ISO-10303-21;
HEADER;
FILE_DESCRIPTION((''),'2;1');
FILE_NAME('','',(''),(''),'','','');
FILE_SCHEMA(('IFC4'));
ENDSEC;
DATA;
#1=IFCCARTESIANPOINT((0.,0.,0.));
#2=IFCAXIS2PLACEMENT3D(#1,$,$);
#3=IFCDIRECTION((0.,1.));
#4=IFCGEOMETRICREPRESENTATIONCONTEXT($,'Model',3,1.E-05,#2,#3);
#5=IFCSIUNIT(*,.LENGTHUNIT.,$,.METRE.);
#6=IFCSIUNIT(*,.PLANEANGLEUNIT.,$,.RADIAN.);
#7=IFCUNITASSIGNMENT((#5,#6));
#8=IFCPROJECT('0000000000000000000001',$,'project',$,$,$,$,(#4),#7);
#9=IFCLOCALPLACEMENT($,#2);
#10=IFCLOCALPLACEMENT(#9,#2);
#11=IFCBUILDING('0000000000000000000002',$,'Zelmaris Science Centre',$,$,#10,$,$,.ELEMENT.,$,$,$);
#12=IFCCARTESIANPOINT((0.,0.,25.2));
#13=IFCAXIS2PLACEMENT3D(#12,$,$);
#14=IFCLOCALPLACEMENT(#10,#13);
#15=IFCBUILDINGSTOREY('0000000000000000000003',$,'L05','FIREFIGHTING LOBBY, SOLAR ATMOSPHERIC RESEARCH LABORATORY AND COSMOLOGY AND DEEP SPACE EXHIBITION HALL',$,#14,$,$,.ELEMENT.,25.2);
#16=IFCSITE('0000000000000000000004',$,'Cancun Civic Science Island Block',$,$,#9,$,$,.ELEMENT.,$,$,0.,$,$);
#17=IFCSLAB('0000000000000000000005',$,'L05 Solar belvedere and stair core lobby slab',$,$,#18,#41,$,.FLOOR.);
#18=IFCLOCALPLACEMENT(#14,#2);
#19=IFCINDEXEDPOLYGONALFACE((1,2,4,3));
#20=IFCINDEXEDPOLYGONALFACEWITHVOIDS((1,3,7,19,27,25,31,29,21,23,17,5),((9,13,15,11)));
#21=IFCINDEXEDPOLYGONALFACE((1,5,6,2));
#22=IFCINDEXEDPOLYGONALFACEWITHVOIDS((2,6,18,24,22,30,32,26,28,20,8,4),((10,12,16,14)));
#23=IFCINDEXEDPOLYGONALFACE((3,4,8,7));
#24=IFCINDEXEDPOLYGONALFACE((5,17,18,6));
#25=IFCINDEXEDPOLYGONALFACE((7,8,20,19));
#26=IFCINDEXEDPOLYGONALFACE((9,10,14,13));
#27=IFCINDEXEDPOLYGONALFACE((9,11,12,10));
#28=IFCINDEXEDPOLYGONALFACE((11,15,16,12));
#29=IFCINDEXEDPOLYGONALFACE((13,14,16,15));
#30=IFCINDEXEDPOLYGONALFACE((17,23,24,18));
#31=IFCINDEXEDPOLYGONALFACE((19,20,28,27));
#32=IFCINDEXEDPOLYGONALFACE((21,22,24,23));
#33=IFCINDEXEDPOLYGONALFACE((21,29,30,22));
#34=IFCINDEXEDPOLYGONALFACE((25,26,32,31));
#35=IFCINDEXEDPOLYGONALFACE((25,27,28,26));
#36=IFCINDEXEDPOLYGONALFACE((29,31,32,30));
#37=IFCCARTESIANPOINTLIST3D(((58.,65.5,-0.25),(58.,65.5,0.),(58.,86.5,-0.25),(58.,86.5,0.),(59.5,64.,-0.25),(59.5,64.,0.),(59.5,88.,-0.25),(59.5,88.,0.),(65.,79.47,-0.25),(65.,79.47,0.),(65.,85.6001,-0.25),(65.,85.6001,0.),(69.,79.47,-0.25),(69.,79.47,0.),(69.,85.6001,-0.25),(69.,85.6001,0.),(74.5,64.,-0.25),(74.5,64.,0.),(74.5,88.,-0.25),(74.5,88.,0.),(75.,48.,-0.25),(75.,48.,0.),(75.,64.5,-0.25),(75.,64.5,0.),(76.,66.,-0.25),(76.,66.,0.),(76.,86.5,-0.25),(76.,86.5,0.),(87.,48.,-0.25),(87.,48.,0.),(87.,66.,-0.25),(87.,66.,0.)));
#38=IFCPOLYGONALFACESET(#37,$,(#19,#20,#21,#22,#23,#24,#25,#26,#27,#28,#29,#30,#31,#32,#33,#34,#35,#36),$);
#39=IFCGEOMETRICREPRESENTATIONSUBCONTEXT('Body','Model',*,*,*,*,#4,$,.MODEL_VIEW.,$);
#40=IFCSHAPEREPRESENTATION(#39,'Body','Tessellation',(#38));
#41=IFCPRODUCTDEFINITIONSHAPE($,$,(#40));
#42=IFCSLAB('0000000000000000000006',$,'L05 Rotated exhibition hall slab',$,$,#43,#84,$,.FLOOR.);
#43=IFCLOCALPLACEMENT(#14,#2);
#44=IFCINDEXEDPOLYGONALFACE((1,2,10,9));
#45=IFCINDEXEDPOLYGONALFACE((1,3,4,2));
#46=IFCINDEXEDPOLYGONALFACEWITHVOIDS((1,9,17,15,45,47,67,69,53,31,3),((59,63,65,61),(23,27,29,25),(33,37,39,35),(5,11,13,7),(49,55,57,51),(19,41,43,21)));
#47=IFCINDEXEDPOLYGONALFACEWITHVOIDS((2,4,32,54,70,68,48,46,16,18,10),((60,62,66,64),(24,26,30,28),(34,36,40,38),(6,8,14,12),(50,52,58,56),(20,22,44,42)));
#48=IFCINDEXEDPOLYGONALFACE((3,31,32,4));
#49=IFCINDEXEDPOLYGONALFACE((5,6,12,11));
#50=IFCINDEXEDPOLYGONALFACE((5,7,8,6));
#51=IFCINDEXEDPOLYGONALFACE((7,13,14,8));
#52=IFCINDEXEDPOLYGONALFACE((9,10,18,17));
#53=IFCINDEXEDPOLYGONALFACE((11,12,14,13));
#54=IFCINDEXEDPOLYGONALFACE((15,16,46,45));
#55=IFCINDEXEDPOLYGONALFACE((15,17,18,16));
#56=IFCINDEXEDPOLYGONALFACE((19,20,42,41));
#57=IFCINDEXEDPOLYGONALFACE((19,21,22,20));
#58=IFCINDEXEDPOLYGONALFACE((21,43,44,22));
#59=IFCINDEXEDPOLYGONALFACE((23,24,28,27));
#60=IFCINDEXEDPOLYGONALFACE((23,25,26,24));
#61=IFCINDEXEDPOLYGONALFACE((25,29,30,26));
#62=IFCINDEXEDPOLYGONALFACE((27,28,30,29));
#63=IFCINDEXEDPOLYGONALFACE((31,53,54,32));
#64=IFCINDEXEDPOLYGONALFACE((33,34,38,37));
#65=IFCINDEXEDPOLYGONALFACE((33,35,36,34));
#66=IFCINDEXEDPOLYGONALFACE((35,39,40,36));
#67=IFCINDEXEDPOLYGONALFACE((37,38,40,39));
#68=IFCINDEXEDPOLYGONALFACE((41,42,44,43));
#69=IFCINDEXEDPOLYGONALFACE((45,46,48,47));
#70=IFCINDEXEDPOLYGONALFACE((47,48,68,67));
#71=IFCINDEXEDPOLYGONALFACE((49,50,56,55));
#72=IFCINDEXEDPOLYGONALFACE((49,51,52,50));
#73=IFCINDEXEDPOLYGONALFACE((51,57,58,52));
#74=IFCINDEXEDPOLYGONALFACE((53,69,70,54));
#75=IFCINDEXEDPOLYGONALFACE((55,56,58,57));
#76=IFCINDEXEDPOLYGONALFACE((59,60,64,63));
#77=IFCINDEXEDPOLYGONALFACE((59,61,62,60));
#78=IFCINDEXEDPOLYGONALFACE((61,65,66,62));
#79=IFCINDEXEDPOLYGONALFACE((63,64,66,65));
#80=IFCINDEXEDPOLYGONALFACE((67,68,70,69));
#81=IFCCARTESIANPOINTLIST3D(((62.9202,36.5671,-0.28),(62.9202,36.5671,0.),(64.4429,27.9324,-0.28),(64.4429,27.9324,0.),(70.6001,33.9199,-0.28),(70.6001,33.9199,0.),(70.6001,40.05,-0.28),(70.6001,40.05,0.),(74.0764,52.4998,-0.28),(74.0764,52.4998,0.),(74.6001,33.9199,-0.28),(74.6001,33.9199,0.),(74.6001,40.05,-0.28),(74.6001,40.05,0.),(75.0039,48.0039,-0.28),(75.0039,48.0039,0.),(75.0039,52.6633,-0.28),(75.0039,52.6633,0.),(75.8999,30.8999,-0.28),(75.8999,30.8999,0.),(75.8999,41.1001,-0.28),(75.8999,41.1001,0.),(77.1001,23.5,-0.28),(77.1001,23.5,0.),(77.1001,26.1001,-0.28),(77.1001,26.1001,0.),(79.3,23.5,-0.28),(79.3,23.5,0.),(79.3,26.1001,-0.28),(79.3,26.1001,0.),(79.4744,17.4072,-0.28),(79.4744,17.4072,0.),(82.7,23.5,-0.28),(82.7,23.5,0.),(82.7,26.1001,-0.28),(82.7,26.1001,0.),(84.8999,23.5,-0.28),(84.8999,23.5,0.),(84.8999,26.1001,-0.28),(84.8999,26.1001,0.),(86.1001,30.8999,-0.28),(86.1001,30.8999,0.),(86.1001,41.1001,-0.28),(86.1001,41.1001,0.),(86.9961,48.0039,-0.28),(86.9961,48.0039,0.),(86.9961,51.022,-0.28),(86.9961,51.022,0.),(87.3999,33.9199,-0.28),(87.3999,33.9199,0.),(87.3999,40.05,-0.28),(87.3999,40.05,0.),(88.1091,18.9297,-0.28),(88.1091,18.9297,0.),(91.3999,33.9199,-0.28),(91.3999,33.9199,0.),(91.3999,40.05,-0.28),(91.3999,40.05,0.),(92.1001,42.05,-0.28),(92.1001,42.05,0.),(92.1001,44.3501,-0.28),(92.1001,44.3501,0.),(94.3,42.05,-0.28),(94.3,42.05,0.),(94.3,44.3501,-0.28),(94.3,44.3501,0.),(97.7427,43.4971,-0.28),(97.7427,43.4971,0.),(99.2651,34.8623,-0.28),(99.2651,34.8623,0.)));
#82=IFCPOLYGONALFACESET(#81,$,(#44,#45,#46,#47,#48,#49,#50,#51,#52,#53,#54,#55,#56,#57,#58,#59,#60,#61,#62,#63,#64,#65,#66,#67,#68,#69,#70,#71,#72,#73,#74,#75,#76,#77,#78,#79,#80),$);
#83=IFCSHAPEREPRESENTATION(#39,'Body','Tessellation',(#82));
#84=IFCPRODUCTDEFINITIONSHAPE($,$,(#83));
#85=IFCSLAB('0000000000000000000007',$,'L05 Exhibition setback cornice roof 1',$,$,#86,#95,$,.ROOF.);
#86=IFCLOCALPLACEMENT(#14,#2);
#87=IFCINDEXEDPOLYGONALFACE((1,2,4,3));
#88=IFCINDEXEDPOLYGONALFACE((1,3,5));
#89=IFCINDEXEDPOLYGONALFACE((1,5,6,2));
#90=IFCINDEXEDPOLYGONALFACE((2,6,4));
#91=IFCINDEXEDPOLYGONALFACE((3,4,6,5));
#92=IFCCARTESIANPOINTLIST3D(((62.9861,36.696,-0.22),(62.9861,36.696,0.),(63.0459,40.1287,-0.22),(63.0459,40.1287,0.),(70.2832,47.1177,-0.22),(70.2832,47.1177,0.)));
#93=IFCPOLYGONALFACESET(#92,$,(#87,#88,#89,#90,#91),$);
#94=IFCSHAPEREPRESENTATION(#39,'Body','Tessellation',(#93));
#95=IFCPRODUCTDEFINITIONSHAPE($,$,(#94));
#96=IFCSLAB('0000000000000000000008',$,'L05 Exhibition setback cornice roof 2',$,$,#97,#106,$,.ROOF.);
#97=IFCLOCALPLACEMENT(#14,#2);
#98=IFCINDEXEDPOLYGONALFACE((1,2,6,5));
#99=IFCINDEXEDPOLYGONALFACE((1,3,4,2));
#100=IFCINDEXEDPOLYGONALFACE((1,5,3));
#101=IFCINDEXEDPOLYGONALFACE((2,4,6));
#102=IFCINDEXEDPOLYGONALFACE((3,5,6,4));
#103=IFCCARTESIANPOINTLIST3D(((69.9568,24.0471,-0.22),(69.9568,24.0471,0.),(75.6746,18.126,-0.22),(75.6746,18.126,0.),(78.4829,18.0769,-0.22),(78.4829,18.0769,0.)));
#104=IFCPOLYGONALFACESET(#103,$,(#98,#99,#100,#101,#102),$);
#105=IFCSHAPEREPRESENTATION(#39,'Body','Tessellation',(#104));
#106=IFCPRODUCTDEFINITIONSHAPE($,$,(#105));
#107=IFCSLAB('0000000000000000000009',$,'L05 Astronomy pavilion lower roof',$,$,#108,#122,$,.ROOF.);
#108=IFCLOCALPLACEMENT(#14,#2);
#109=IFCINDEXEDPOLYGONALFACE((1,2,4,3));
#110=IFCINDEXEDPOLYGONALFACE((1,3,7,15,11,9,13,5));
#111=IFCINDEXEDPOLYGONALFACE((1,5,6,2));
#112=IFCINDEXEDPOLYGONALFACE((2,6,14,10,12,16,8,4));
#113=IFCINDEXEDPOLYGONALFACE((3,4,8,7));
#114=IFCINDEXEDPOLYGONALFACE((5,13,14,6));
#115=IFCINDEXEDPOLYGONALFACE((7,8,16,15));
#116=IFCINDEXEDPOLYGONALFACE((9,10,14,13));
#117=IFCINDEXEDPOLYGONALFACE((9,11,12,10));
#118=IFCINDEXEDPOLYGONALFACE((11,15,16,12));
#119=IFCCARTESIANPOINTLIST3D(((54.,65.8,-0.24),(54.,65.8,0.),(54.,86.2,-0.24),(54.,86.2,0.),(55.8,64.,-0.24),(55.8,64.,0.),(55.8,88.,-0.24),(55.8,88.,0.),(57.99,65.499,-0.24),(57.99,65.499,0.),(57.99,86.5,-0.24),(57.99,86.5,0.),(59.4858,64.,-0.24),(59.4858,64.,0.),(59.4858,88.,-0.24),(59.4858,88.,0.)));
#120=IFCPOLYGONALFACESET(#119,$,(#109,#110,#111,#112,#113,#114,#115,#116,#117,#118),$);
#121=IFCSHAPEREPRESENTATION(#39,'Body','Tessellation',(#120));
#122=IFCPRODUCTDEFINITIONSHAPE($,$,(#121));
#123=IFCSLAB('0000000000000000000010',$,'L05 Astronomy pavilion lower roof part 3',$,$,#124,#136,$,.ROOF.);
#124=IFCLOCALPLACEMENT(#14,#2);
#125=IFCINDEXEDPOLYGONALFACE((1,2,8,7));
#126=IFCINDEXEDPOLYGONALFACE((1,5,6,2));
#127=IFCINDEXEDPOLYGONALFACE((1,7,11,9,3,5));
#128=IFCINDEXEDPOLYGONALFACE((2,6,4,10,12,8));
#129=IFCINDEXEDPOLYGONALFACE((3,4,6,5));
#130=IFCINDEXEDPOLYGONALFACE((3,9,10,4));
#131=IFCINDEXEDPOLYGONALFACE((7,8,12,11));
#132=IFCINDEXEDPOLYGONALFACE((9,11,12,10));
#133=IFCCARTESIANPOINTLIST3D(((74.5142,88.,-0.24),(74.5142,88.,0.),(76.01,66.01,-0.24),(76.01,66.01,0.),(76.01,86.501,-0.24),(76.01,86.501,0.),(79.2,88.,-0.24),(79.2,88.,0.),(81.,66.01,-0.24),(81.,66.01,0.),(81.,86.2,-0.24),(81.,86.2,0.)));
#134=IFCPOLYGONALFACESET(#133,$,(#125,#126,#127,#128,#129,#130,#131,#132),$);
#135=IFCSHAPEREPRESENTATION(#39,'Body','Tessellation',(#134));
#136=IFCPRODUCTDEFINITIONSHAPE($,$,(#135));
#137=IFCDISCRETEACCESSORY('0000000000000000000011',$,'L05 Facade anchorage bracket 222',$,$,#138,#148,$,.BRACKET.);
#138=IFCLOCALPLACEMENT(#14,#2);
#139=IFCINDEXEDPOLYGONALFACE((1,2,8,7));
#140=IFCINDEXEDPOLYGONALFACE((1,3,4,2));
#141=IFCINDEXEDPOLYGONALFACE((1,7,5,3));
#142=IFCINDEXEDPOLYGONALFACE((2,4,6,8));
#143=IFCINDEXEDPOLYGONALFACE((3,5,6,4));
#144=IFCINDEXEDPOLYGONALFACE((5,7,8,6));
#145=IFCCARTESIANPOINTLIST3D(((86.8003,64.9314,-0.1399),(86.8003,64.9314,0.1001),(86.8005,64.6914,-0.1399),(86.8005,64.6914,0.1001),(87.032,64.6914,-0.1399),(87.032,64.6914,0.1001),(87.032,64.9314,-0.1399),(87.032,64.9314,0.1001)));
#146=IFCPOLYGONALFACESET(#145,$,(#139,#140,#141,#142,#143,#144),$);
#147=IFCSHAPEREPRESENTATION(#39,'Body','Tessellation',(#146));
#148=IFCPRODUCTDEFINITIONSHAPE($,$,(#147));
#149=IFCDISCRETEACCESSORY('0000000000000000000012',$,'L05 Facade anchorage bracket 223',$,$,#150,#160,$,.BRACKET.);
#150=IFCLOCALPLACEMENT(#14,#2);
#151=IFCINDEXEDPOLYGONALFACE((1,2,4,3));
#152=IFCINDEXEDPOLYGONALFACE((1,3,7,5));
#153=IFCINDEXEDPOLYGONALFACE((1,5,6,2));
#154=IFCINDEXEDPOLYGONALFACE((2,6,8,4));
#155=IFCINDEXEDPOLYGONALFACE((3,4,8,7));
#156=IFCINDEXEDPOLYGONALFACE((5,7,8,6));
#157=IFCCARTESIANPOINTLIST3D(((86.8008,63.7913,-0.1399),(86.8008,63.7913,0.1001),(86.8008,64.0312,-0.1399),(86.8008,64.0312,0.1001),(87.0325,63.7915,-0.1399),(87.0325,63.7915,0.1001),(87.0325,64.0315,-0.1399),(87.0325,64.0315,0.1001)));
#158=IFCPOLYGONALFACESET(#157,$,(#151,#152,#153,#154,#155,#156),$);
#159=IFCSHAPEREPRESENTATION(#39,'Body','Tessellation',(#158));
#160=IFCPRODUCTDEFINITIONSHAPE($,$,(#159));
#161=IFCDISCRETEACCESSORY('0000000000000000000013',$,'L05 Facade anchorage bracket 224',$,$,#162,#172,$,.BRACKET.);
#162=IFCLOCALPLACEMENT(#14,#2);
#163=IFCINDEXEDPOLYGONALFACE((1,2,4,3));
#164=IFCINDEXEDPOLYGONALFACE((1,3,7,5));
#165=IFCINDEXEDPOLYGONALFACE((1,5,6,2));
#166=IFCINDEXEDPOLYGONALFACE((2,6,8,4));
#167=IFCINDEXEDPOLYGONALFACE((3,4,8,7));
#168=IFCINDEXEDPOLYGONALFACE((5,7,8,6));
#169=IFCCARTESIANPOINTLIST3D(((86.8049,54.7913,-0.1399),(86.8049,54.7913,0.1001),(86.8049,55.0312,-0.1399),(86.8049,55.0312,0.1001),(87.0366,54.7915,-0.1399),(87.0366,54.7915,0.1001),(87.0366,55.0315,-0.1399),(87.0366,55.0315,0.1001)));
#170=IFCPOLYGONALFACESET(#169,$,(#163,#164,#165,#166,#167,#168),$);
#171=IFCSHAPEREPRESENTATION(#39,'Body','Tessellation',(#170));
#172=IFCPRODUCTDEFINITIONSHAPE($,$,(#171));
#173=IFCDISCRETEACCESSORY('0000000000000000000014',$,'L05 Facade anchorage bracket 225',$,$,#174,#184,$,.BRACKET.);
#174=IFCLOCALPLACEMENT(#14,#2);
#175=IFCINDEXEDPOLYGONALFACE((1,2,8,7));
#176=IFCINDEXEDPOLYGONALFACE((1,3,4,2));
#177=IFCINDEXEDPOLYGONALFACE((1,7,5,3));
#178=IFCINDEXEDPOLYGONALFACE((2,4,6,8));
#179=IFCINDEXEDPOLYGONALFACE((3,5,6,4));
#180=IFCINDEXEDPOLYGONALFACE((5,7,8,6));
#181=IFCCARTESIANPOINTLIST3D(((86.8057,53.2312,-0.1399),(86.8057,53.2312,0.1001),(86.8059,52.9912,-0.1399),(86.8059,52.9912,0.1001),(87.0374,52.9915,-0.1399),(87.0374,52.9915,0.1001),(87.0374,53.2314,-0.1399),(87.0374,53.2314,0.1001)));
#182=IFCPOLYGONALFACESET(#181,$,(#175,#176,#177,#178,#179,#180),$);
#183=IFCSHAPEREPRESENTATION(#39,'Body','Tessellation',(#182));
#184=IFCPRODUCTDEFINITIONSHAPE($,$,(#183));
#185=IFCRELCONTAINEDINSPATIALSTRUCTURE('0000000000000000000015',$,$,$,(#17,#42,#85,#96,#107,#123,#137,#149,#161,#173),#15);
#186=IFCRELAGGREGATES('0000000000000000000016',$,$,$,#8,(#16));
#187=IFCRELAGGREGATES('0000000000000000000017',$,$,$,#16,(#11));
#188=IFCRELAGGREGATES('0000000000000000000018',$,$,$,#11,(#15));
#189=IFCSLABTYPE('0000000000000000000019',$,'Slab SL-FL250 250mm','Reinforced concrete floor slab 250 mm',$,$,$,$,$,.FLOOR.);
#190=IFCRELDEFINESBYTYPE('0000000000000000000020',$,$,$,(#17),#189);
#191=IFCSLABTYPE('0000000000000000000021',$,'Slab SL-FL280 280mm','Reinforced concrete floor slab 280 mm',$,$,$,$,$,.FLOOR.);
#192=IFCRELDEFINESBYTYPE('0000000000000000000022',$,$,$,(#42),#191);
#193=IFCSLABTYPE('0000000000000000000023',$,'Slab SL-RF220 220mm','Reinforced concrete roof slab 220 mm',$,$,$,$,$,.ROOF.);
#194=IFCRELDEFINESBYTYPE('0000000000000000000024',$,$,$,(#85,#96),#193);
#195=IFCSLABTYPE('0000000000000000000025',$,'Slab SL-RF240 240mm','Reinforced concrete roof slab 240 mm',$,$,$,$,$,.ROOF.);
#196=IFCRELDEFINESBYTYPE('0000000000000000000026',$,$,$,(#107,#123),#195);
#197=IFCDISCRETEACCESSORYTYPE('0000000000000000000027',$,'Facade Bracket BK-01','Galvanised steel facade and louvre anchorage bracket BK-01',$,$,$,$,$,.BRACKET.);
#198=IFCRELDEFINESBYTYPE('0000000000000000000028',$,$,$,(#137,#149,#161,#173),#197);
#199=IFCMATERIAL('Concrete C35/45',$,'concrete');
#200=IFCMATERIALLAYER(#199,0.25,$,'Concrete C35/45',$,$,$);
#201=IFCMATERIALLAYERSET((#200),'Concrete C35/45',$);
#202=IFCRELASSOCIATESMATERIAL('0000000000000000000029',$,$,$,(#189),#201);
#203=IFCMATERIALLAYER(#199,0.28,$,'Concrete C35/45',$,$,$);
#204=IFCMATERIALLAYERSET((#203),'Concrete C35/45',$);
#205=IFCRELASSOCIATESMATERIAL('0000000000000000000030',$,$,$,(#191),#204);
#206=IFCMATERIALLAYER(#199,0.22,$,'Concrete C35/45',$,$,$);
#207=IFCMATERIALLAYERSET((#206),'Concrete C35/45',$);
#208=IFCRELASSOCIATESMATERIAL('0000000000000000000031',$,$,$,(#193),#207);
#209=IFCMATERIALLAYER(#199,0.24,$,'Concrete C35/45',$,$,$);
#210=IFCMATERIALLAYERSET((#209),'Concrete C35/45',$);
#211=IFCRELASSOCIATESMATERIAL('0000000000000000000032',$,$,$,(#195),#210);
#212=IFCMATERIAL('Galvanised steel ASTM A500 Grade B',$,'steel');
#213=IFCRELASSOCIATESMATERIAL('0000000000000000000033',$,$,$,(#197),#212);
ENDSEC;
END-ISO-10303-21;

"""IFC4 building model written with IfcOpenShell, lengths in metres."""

from ifc_helpers import new_model, si_unit, direction, frame, origin, place, context, subcontext, project, spatial, polyline, outline, extrude, material, layer, layer_set, type_object, element, save


model = new_model("IFC4")

# Units and contexts
model_context = context("Model", 3, precision=1e-05, world=origin(), true_north=direction((0.0, 1.0)))
body_context = subcontext(model_context, "Body", "Model", "MODEL_VIEW")
ifc_project = project(units=[si_unit("LENGTHUNIT", "METRE"), si_unit("PLANEANGLEUNIT", "RADIAN")], contexts=[model_context])

# Site, building, storey
site_placement = place(None, origin())
site = spatial("IfcSite", under=ifc_project, at=site_placement, Name="Cancun Civic Science Island Block", CompositionType="ELEMENT", RefElevation=0.0)
building_placement = place(site_placement, origin())
building = spatial("IfcBuilding", under=site, at=building_placement, Name="Zelmaris Science Centre", CompositionType="ELEMENT")
storey_placement = place(building_placement, frame((0.0, 0.0, 25.2)))
storey = spatial("IfcBuildingStorey", under=building, at=storey_placement, Name="L05", Description="FIREFIGHTING LOBBY, SOLAR ATMOSPHERIC RESEARCH LABORATORY AND COSMOLOGY AND DEEP SPACE EXHIBITION HALL", CompositionType="ELEMENT", Elevation=25.2)

# Slabs
ifc_material_1 = material(Name="Concrete C35/45", Category="concrete")
ifc_layer_1 = layer(ifc_material_1, 0.25, Name="Concrete C35/45")
ifc_layer_set_1 = layer_set([ifc_layer_1], Name="Concrete C35/45")
slab_type_1 = type_object("IfcSlabType", Name="Slab SL-FL250 250mm", Description="Reinforced concrete floor slab 250 mm", PredefinedType="FLOOR", material=ifc_layer_set_1)
slab_1_placement = place(storey_placement, frame((0.0, 0.0, -0.25)))
element("IfcSlab", 1, at=slab_1_placement, inside=storey, type_object=slab_type_1, Name="L05 Solar belvedere and stair core lobby slab", PredefinedType="FLOOR", context=body_context, shape_type="SweptSolid", body=[
    extrude(outline(polyline([(59.5, 64.0), (58.0, 65.5), (58.0, 86.5), (59.5, 88.0), (74.5, 88.0), (76.0, 86.5), (76.0, 66.0), (87.0, 66.0), (87.0, 48.0), (75.0, 48.0), (75.0, 64.5), (74.5, 64.0), (59.5, 64.0)]), holes=[polyline([(69.0, 79.47), (69.0, 85.6001), (65.0, 85.6001), (65.0, 79.47), (69.0, 79.47)])]), origin(), (0.0, 0.0, 1.0), 0.25),
])
ifc_layer_2 = layer(ifc_material_1, 0.28, Name="Concrete C35/45")
ifc_layer_set_2 = layer_set([ifc_layer_2], Name="Concrete C35/45")
slab_type_2 = type_object("IfcSlabType", Name="Slab SL-FL280 280mm", Description="Reinforced concrete floor slab 280 mm", PredefinedType="FLOOR", material=ifc_layer_set_2)
slab_2_placement = place(storey_placement, frame((0.0, 0.0, -0.28)))
element("IfcSlab", 2, at=slab_2_placement, inside=storey, type_object=slab_type_2, Name="L05 Rotated exhibition hall slab", PredefinedType="FLOOR", context=body_context, shape_type="SweptSolid", body=[
    extrude(outline(polyline([(97.7427, 43.4971), (99.2651, 34.8623), (88.1091, 18.9297), (79.4744, 17.4072), (64.4429, 27.9324), (62.9202, 36.5671), (74.0764, 52.4998), (75.0039, 52.6633), (75.0039, 48.0039), (86.9961, 48.0039), (86.9961, 51.022), (97.7427, 43.4971)]), holes=[polyline([(75.8999, 30.8999), (86.1001, 30.8999), (86.1001, 41.1001), (75.8999, 41.1001), (75.8999, 30.8999)]), polyline([(74.6001, 33.9199), (74.6001, 40.05), (70.6001, 40.05), (70.6001, 33.9199), (74.6001, 33.9199)]), polyline([(91.3999, 33.9199), (91.3999, 40.05), (87.3999, 40.05), (87.3999, 33.9199), (91.3999, 33.9199)]), polyline([(77.1001, 23.5), (79.3, 23.5), (79.3, 26.1001), (77.1001, 26.1001), (77.1001, 23.5)]), polyline([(82.7, 23.5), (84.8999, 23.5), (84.8999, 26.1001), (82.7, 26.1001), (82.7, 23.5)]), polyline([(92.1001, 42.05), (94.3, 42.05), (94.3, 44.3501), (92.1001, 44.3501), (92.1001, 42.05)])]), origin(), (0.0, 0.0, 1.0), 0.28),
])
ifc_layer_3 = layer(ifc_material_1, 0.22, Name="Concrete C35/45")
ifc_layer_set_3 = layer_set([ifc_layer_3], Name="Concrete C35/45")
slab_type_3 = type_object("IfcSlabType", Name="Slab SL-RF220 220mm", Description="Reinforced concrete roof slab 220 mm", PredefinedType="ROOF", material=ifc_layer_set_3)
slab_3_placement = place(storey_placement, frame((0.0, 0.0, -0.22)))
element("IfcSlab", 3, at=slab_3_placement, inside=storey, type_object=slab_type_3, Name="L05 Exhibition setback cornice roof 1", PredefinedType="ROOF", context=body_context, shape_type="SweptSolid", body=[
    extrude(outline(polyline([(70.2832, 47.1177), (62.9861, 36.696), (63.0459, 40.1287), (70.2832, 47.1177)])), origin(), (0.0, 0.0, 1.0), 0.22),
])
slab_4_placement = place(storey_placement, frame((0.0, 0.0, -0.22)))
element("IfcSlab", 4, at=slab_4_placement, inside=storey, type_object=slab_type_3, Name="L05 Exhibition setback cornice roof 2", PredefinedType="ROOF", context=body_context, shape_type="SweptSolid", body=[
    extrude(outline(polyline([(69.9568, 24.0471), (78.4829, 18.0769), (75.6746, 18.126), (69.9568, 24.0471)])), origin(), (0.0, 0.0, 1.0), 0.22),
])
ifc_layer_4 = layer(ifc_material_1, 0.24, Name="Concrete C35/45")
ifc_layer_set_4 = layer_set([ifc_layer_4], Name="Concrete C35/45")
slab_type_4 = type_object("IfcSlabType", Name="Slab SL-RF240 240mm", Description="Reinforced concrete roof slab 240 mm", PredefinedType="ROOF", material=ifc_layer_set_4)
slab_5_placement = place(storey_placement, frame((0.0, 0.0, -0.24)))
element("IfcSlab", 5, at=slab_5_placement, inside=storey, type_object=slab_type_4, Name="L05 Astronomy pavilion lower roof", PredefinedType="ROOF", context=body_context, shape_type="SweptSolid", body=[
    extrude(outline(polyline([(55.8, 64.0), (54.0, 65.8), (54.0, 86.2), (55.8, 88.0), (59.4858, 88.0), (57.99, 86.5), (57.99, 65.499), (59.4858, 64.0), (55.8, 64.0)])), origin(), (0.0, 0.0, 1.0), 0.24),
])
slab_6_placement = place(storey_placement, frame((0.0, 0.0, -0.24)))
element("IfcSlab", 6, at=slab_6_placement, inside=storey, type_object=slab_type_4, Name="L05 Astronomy pavilion lower roof part 3", PredefinedType="ROOF", context=body_context, shape_type="SweptSolid", body=[
    extrude(outline(polyline([(79.2, 88.0), (81.0, 86.2), (81.0, 66.01), (76.01, 66.01), (76.01, 86.501), (74.5142, 88.0), (79.2, 88.0)])), origin(), (0.0, 0.0, 1.0), 0.24),
])

# Discrete accessories
ifc_material_2 = material(Name="Galvanised steel ASTM A500 Grade B", Category="steel")
discrete_accessory_type = type_object("IfcDiscreteAccessoryType", Name="Facade Bracket BK-01", Description="Galvanised steel facade and louvre anchorage bracket BK-01", PredefinedType="BRACKET", material=ifc_material_2)
discrete_accessory_1_placement = place(storey_placement, frame((0.0, 0.0, -0.1399)))
element("IfcDiscreteAccessory", 7, at=discrete_accessory_1_placement, inside=storey, type_object=discrete_accessory_type, Name="L05 Facade anchorage bracket 222", PredefinedType="BRACKET", context=body_context, shape_type="SweptSolid", body=[
    extrude(outline(polyline([(86.8003, 64.9314), (86.8005, 64.6914), (87.032, 64.6914), (87.032, 64.9314), (86.8003, 64.9314)])), origin(), (0.0, 0.0, 1.0), 0.24),
])
discrete_accessory_2_placement = place(storey_placement, frame((0.0, 0.0, -0.1399)))
element("IfcDiscreteAccessory", 8, at=discrete_accessory_2_placement, inside=storey, type_object=discrete_accessory_type, Name="L05 Facade anchorage bracket 223", PredefinedType="BRACKET", context=body_context, shape_type="SweptSolid", body=[
    extrude(outline(polyline([(86.8008, 64.0312), (86.8008, 63.7913), (87.0325, 63.7915), (87.0325, 64.0315), (86.8008, 64.0312)])), origin(), (0.0, 0.0, 1.0), 0.24),
])
discrete_accessory_3_placement = place(storey_placement, frame((0.0, 0.0, -0.1399)))
element("IfcDiscreteAccessory", 9, at=discrete_accessory_3_placement, inside=storey, type_object=discrete_accessory_type, Name="L05 Facade anchorage bracket 224", PredefinedType="BRACKET", context=body_context, shape_type="SweptSolid", body=[
    extrude(outline(polyline([(86.8049, 55.0312), (86.8049, 54.7913), (87.0366, 54.7915), (87.0366, 55.0315), (86.8049, 55.0312)])), origin(), (0.0, 0.0, 1.0), 0.24),
])
discrete_accessory_4_placement = place(storey_placement, frame((0.0, 0.0, -0.1399)))
element("IfcDiscreteAccessory", 10, at=discrete_accessory_4_placement, inside=storey, type_object=discrete_accessory_type, Name="L05 Facade anchorage bracket 225", PredefinedType="BRACKET", context=body_context, shape_type="SweptSolid", body=[
    extrude(outline(polyline([(86.8057, 53.2312), (86.8059, 52.9912), (87.0374, 52.9915), (87.0374, 53.2314), (86.8057, 53.2312)])), origin(), (0.0, 0.0, 1.0), 0.24),
])

save(model, "model.ifc")
